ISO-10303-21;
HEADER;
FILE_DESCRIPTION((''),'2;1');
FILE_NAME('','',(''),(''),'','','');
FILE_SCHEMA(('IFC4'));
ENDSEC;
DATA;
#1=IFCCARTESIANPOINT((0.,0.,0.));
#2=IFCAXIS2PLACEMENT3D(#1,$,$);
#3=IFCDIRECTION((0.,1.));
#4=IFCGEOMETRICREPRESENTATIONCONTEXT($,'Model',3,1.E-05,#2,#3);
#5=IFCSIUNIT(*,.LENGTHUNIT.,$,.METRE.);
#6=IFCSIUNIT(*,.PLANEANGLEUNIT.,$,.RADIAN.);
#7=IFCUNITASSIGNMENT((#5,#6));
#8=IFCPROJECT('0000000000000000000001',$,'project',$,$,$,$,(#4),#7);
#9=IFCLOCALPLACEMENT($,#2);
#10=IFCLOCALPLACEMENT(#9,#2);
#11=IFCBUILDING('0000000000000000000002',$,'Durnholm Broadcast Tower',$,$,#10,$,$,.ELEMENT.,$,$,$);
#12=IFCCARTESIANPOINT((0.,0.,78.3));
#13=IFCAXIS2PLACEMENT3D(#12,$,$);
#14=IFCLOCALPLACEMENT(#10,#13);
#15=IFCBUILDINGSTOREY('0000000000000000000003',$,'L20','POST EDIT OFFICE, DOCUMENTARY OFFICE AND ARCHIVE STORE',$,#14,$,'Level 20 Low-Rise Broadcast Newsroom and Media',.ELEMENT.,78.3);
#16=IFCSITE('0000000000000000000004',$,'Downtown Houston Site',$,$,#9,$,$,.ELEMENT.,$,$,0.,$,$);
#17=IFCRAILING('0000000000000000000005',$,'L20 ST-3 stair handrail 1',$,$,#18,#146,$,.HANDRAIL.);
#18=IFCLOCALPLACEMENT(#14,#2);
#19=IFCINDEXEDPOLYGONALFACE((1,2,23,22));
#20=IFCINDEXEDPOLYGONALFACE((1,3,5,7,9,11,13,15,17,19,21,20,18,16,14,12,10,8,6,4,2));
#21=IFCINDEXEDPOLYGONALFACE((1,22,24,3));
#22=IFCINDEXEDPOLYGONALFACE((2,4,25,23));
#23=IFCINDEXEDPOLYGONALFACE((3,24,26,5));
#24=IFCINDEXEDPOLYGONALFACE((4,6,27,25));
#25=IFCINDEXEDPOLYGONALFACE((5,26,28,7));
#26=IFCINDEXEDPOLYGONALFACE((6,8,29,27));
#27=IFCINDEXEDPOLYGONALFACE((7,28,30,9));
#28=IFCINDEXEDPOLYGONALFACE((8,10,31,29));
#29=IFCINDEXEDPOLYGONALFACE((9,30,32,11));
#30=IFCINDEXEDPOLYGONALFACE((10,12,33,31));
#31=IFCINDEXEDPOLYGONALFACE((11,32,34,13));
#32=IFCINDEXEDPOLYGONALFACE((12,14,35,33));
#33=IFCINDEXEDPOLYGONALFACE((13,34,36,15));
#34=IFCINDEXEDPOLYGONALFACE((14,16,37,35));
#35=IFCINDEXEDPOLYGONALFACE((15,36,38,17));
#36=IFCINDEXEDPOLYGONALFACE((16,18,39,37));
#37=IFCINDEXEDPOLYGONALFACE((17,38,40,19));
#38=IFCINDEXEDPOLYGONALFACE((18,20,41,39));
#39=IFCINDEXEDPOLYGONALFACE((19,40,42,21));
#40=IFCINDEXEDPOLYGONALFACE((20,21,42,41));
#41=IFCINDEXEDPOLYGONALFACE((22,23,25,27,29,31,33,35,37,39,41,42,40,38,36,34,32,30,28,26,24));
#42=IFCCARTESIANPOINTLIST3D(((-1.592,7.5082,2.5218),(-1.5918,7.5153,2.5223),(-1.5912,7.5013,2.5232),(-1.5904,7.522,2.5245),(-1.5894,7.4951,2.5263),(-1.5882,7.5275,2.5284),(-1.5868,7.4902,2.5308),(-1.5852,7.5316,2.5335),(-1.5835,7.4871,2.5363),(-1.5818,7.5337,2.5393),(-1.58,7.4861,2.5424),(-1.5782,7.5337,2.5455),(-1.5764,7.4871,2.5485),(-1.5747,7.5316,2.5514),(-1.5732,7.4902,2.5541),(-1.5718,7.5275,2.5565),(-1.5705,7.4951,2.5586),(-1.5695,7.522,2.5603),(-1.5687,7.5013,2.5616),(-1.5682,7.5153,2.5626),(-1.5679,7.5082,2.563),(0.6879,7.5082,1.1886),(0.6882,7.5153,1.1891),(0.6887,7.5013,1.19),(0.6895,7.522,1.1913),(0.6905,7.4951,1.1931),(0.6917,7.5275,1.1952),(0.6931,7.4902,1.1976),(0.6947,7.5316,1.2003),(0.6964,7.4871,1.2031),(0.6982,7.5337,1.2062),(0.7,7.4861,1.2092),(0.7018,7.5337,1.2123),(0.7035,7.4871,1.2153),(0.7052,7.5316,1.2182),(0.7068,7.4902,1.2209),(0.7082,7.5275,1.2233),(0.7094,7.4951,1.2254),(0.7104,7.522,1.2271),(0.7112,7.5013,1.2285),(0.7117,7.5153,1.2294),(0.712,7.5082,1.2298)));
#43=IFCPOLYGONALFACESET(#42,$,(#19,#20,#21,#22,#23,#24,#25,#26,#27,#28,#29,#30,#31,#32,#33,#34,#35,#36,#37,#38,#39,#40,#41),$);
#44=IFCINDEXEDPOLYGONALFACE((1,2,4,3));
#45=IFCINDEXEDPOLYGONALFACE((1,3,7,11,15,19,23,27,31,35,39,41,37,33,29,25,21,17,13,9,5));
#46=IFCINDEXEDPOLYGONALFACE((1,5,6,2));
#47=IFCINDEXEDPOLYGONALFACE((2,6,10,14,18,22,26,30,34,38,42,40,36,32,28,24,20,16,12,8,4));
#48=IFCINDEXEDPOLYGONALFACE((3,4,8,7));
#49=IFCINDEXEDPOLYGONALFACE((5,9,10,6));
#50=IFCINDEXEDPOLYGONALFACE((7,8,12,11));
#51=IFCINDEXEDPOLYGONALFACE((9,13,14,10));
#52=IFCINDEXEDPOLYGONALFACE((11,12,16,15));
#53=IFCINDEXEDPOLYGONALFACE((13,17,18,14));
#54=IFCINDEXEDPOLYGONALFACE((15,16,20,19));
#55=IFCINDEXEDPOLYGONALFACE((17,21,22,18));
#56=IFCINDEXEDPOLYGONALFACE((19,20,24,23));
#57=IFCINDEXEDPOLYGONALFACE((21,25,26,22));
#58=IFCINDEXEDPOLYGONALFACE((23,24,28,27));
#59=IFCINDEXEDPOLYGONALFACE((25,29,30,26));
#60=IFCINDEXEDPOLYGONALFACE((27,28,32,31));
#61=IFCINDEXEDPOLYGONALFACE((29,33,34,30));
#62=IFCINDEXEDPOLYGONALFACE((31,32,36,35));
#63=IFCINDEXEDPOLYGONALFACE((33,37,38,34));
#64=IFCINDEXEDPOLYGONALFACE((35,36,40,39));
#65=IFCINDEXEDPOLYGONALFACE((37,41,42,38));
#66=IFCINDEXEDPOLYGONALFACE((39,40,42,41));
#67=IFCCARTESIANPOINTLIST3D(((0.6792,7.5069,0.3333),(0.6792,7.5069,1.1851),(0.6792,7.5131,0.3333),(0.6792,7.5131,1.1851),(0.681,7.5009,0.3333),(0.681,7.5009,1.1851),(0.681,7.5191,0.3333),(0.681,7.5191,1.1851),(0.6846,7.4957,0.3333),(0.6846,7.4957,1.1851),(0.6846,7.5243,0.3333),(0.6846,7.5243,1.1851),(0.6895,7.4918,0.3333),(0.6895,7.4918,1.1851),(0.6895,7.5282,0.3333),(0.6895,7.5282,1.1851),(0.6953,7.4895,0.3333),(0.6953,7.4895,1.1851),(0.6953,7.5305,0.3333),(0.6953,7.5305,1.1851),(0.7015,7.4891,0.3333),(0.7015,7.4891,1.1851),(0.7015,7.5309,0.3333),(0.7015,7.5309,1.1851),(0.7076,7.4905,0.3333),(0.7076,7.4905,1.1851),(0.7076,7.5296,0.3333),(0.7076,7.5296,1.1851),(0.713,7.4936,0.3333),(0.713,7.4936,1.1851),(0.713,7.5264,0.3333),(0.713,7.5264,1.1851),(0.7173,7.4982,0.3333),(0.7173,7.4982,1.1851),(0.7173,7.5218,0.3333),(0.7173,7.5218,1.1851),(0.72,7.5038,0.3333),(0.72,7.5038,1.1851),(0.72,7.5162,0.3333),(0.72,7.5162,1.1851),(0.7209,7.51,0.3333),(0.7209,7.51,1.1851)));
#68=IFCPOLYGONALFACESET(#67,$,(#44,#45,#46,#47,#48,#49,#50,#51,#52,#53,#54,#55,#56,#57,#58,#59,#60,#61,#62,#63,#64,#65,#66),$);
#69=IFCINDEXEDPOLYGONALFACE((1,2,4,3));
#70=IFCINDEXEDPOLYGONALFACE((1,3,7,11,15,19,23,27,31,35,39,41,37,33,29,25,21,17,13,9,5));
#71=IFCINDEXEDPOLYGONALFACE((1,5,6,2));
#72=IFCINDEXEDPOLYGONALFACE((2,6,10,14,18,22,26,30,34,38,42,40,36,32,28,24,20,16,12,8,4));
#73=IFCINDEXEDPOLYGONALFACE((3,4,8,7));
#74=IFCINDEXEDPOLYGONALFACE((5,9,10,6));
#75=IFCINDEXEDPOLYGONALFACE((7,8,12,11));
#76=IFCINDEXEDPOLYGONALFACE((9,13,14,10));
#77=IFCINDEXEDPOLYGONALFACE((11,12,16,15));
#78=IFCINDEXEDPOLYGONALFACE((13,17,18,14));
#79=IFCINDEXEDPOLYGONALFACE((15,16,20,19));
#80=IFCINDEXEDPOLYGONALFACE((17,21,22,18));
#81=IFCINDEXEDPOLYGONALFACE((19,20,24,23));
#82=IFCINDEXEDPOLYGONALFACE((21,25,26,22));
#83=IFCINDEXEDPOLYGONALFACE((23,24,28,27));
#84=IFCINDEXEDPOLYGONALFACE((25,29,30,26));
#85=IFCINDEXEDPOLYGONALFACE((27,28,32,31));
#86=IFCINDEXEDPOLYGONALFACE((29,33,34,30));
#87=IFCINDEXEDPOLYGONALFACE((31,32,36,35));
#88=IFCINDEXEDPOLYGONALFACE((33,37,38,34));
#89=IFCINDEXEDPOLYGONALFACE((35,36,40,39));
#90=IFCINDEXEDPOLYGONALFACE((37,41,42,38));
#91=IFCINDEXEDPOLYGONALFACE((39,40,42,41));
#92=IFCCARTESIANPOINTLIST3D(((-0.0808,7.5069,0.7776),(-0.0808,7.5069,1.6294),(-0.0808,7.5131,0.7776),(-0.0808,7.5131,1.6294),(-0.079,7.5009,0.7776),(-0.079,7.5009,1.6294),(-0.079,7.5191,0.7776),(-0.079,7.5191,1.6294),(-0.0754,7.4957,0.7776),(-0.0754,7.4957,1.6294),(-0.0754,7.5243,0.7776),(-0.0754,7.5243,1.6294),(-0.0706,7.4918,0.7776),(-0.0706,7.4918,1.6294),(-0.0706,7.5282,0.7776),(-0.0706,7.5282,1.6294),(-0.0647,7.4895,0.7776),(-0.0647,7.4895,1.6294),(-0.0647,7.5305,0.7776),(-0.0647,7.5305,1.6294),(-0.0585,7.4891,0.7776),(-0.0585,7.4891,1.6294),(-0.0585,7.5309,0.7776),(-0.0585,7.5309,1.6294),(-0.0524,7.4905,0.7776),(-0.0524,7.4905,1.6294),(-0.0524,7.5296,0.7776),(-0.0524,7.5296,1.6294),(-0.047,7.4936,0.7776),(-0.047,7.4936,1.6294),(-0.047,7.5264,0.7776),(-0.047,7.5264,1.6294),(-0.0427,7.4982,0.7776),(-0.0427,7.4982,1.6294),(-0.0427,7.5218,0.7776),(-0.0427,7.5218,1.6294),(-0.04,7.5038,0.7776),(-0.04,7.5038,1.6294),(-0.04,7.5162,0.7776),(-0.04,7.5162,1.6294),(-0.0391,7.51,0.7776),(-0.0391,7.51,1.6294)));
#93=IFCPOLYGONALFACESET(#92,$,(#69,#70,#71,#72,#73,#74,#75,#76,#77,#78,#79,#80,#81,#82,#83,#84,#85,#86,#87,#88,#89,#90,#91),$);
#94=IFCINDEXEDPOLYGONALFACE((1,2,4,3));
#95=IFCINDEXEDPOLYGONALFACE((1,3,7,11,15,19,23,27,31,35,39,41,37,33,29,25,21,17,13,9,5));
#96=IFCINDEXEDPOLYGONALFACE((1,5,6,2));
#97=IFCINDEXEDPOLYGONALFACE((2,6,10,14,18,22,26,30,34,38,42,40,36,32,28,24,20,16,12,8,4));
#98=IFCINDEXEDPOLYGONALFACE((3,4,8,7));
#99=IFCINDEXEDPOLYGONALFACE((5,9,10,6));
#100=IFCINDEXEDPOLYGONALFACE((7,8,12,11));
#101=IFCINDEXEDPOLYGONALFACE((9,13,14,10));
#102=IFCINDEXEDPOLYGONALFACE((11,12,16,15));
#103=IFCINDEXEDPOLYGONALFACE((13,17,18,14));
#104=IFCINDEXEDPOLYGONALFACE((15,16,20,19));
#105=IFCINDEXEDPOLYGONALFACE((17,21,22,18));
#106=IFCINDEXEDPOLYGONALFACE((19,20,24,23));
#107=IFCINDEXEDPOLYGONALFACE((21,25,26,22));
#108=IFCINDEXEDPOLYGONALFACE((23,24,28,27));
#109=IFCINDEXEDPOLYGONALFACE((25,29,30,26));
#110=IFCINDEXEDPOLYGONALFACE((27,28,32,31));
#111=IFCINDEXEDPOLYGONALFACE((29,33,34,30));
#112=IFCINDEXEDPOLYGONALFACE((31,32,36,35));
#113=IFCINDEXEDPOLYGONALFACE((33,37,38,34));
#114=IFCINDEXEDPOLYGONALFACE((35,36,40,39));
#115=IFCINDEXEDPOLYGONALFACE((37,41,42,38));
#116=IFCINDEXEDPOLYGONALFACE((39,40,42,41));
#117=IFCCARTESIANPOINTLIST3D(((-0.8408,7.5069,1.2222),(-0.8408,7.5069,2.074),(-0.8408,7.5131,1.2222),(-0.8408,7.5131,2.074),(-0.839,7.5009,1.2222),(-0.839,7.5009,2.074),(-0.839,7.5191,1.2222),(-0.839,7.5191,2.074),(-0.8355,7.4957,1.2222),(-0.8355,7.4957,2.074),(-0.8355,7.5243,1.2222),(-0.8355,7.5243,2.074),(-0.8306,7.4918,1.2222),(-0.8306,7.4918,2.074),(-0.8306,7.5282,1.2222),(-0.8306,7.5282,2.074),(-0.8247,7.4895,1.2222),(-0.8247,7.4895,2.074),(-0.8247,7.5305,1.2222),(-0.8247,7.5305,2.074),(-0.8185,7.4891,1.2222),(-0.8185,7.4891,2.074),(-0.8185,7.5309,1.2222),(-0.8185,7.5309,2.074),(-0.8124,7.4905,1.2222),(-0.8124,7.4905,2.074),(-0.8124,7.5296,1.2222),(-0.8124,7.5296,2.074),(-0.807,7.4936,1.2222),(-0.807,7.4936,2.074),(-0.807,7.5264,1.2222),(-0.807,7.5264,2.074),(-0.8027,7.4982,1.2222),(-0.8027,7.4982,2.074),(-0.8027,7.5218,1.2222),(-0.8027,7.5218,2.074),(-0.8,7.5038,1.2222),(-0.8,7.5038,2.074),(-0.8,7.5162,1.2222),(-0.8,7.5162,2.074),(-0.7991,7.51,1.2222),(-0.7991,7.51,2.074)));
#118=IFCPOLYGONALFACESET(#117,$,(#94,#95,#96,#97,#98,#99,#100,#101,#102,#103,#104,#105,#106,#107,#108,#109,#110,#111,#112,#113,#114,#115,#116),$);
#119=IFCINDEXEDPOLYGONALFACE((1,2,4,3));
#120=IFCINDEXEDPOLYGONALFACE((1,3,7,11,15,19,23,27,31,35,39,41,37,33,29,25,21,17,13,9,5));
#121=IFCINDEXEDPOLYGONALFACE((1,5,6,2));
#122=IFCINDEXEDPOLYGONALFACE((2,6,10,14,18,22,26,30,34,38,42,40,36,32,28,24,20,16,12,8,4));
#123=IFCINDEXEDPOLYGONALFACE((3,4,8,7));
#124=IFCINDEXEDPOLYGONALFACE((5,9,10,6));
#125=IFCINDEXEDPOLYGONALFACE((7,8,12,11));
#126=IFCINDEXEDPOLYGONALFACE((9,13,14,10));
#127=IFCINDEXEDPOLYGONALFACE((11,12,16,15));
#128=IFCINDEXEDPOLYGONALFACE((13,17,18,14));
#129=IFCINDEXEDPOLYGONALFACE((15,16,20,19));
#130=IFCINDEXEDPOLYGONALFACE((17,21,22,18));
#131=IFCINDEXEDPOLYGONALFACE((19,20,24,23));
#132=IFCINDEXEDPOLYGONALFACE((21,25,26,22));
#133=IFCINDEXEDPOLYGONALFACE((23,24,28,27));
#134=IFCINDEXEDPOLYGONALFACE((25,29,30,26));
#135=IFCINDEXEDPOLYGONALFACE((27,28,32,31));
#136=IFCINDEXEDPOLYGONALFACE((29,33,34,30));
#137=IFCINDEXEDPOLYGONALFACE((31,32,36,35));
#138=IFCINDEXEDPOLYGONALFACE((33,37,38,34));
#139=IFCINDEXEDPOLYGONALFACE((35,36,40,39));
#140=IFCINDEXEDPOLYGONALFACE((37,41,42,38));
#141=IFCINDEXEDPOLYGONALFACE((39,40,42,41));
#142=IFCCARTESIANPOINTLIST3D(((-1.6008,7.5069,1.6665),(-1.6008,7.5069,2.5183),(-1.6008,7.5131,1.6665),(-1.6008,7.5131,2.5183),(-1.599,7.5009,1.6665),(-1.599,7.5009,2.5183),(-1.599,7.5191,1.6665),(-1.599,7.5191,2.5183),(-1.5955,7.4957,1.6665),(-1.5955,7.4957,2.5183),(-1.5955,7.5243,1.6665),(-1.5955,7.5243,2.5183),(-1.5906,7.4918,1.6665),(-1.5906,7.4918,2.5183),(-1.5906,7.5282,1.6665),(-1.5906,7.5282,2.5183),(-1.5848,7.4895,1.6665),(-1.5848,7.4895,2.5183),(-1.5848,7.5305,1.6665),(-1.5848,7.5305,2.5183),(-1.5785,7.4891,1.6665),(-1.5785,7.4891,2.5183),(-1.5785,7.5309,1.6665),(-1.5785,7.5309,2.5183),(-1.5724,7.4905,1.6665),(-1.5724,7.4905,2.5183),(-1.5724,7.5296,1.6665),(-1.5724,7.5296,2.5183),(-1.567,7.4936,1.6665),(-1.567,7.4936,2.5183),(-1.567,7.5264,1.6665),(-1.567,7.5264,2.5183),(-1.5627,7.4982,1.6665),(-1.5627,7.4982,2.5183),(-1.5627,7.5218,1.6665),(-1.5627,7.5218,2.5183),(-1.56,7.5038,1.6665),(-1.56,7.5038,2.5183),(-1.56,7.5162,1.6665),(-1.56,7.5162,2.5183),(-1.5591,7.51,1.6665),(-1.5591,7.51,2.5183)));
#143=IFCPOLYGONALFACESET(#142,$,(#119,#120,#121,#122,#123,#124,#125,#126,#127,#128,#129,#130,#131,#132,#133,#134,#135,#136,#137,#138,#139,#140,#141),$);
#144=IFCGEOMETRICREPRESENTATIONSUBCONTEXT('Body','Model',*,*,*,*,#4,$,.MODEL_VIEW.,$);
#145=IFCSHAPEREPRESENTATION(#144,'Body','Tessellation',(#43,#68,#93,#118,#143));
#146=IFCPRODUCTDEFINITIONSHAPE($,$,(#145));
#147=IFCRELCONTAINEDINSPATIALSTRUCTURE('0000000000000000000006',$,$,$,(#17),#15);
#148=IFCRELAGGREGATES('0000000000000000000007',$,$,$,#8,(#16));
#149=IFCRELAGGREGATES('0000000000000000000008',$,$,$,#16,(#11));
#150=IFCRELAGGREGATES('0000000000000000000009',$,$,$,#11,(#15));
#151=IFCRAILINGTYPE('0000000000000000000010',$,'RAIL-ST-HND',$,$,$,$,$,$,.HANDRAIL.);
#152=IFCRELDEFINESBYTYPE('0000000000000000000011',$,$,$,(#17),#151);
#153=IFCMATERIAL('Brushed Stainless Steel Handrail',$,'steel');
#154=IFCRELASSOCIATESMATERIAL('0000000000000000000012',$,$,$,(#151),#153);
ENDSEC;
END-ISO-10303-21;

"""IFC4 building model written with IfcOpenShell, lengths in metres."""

from ifc_helpers import new_model, si_unit, direction, frame, origin, origin_2d, place, context, subcontext, project, spatial, circle, extrude, material, type_object, element, save


model = new_model("IFC4")

# Units and contexts
model_context = context("Model", 3, precision=1e-05, world=origin(), true_north=direction((0.0, 1.0)))
body_context = subcontext(model_context, "Body", "Model", "MODEL_VIEW")
ifc_project = project(units=[si_unit("LENGTHUNIT", "METRE"), si_unit("PLANEANGLEUNIT", "RADIAN")], contexts=[model_context])

# Site, building, storey
site_placement = place(None, origin())
site = spatial("IfcSite", under=ifc_project, at=site_placement, Name="Downtown Houston Site", CompositionType="ELEMENT", RefElevation=0.0)
building_placement = place(site_placement, origin())
building = spatial("IfcBuilding", under=site, at=building_placement, Name="Durnholm Broadcast Tower", CompositionType="ELEMENT")
storey_placement = place(building_placement, frame((0.0, 0.0, 78.3)))
storey = spatial("IfcBuildingStorey", under=building, at=storey_placement, Name="L20", Description="POST EDIT OFFICE, DOCUMENTARY OFFICE AND ARCHIVE STORE", LongName="Level 20 Low-Rise Broadcast Newsroom and Media", CompositionType="ELEMENT", Elevation=78.3)

# Railing
ifc_material_1 = material(Name="Brushed Stainless Steel Handrail", Category="steel")
railing_type_1 = type_object("IfcRailingType", Name="RAIL-ST-HND", PredefinedType="HANDRAIL", material=ifc_material_1)
railing_1_placement = place(storey_placement, frame((0.7, 7.51, 0.3333)))
element("IfcRailing", 1, at=railing_1_placement, inside=storey, type_object=railing_type_1, Name="L20 ST-3 stair handrail 1", PredefinedType="HANDRAIL", context=body_context, shape_type="SweptSolid", body=[
    extrude(circle(Radius=0.0239, at=origin_2d()), frame((0.0, 0.0, 0.876), z_axis=(-0.863245, 0.0, 0.504785), x_axis=(0.0, -1.0, 0.0)), (0.0, 0.0, 1.0), 2.6411),
    extrude(circle(Radius=0.021, at=origin_2d()), origin(), (0.0, 0.0, 1.0), 0.8518),
    extrude(circle(Radius=0.021, at=origin_2d()), frame((-0.76, 0.0, 0.4443)), (0.0, 0.0, 1.0), 0.8518),
    extrude(circle(Radius=0.021, at=origin_2d()), frame((-1.52, 0.0, 0.8889)), (0.0, 0.0, 1.0), 0.8518),
    extrude(circle(Radius=0.021, at=origin_2d()), frame((-2.28, 0.0, 1.3333)), (0.0, 0.0, 1.0), 0.8518),
])

save(model, "model.ifc")
